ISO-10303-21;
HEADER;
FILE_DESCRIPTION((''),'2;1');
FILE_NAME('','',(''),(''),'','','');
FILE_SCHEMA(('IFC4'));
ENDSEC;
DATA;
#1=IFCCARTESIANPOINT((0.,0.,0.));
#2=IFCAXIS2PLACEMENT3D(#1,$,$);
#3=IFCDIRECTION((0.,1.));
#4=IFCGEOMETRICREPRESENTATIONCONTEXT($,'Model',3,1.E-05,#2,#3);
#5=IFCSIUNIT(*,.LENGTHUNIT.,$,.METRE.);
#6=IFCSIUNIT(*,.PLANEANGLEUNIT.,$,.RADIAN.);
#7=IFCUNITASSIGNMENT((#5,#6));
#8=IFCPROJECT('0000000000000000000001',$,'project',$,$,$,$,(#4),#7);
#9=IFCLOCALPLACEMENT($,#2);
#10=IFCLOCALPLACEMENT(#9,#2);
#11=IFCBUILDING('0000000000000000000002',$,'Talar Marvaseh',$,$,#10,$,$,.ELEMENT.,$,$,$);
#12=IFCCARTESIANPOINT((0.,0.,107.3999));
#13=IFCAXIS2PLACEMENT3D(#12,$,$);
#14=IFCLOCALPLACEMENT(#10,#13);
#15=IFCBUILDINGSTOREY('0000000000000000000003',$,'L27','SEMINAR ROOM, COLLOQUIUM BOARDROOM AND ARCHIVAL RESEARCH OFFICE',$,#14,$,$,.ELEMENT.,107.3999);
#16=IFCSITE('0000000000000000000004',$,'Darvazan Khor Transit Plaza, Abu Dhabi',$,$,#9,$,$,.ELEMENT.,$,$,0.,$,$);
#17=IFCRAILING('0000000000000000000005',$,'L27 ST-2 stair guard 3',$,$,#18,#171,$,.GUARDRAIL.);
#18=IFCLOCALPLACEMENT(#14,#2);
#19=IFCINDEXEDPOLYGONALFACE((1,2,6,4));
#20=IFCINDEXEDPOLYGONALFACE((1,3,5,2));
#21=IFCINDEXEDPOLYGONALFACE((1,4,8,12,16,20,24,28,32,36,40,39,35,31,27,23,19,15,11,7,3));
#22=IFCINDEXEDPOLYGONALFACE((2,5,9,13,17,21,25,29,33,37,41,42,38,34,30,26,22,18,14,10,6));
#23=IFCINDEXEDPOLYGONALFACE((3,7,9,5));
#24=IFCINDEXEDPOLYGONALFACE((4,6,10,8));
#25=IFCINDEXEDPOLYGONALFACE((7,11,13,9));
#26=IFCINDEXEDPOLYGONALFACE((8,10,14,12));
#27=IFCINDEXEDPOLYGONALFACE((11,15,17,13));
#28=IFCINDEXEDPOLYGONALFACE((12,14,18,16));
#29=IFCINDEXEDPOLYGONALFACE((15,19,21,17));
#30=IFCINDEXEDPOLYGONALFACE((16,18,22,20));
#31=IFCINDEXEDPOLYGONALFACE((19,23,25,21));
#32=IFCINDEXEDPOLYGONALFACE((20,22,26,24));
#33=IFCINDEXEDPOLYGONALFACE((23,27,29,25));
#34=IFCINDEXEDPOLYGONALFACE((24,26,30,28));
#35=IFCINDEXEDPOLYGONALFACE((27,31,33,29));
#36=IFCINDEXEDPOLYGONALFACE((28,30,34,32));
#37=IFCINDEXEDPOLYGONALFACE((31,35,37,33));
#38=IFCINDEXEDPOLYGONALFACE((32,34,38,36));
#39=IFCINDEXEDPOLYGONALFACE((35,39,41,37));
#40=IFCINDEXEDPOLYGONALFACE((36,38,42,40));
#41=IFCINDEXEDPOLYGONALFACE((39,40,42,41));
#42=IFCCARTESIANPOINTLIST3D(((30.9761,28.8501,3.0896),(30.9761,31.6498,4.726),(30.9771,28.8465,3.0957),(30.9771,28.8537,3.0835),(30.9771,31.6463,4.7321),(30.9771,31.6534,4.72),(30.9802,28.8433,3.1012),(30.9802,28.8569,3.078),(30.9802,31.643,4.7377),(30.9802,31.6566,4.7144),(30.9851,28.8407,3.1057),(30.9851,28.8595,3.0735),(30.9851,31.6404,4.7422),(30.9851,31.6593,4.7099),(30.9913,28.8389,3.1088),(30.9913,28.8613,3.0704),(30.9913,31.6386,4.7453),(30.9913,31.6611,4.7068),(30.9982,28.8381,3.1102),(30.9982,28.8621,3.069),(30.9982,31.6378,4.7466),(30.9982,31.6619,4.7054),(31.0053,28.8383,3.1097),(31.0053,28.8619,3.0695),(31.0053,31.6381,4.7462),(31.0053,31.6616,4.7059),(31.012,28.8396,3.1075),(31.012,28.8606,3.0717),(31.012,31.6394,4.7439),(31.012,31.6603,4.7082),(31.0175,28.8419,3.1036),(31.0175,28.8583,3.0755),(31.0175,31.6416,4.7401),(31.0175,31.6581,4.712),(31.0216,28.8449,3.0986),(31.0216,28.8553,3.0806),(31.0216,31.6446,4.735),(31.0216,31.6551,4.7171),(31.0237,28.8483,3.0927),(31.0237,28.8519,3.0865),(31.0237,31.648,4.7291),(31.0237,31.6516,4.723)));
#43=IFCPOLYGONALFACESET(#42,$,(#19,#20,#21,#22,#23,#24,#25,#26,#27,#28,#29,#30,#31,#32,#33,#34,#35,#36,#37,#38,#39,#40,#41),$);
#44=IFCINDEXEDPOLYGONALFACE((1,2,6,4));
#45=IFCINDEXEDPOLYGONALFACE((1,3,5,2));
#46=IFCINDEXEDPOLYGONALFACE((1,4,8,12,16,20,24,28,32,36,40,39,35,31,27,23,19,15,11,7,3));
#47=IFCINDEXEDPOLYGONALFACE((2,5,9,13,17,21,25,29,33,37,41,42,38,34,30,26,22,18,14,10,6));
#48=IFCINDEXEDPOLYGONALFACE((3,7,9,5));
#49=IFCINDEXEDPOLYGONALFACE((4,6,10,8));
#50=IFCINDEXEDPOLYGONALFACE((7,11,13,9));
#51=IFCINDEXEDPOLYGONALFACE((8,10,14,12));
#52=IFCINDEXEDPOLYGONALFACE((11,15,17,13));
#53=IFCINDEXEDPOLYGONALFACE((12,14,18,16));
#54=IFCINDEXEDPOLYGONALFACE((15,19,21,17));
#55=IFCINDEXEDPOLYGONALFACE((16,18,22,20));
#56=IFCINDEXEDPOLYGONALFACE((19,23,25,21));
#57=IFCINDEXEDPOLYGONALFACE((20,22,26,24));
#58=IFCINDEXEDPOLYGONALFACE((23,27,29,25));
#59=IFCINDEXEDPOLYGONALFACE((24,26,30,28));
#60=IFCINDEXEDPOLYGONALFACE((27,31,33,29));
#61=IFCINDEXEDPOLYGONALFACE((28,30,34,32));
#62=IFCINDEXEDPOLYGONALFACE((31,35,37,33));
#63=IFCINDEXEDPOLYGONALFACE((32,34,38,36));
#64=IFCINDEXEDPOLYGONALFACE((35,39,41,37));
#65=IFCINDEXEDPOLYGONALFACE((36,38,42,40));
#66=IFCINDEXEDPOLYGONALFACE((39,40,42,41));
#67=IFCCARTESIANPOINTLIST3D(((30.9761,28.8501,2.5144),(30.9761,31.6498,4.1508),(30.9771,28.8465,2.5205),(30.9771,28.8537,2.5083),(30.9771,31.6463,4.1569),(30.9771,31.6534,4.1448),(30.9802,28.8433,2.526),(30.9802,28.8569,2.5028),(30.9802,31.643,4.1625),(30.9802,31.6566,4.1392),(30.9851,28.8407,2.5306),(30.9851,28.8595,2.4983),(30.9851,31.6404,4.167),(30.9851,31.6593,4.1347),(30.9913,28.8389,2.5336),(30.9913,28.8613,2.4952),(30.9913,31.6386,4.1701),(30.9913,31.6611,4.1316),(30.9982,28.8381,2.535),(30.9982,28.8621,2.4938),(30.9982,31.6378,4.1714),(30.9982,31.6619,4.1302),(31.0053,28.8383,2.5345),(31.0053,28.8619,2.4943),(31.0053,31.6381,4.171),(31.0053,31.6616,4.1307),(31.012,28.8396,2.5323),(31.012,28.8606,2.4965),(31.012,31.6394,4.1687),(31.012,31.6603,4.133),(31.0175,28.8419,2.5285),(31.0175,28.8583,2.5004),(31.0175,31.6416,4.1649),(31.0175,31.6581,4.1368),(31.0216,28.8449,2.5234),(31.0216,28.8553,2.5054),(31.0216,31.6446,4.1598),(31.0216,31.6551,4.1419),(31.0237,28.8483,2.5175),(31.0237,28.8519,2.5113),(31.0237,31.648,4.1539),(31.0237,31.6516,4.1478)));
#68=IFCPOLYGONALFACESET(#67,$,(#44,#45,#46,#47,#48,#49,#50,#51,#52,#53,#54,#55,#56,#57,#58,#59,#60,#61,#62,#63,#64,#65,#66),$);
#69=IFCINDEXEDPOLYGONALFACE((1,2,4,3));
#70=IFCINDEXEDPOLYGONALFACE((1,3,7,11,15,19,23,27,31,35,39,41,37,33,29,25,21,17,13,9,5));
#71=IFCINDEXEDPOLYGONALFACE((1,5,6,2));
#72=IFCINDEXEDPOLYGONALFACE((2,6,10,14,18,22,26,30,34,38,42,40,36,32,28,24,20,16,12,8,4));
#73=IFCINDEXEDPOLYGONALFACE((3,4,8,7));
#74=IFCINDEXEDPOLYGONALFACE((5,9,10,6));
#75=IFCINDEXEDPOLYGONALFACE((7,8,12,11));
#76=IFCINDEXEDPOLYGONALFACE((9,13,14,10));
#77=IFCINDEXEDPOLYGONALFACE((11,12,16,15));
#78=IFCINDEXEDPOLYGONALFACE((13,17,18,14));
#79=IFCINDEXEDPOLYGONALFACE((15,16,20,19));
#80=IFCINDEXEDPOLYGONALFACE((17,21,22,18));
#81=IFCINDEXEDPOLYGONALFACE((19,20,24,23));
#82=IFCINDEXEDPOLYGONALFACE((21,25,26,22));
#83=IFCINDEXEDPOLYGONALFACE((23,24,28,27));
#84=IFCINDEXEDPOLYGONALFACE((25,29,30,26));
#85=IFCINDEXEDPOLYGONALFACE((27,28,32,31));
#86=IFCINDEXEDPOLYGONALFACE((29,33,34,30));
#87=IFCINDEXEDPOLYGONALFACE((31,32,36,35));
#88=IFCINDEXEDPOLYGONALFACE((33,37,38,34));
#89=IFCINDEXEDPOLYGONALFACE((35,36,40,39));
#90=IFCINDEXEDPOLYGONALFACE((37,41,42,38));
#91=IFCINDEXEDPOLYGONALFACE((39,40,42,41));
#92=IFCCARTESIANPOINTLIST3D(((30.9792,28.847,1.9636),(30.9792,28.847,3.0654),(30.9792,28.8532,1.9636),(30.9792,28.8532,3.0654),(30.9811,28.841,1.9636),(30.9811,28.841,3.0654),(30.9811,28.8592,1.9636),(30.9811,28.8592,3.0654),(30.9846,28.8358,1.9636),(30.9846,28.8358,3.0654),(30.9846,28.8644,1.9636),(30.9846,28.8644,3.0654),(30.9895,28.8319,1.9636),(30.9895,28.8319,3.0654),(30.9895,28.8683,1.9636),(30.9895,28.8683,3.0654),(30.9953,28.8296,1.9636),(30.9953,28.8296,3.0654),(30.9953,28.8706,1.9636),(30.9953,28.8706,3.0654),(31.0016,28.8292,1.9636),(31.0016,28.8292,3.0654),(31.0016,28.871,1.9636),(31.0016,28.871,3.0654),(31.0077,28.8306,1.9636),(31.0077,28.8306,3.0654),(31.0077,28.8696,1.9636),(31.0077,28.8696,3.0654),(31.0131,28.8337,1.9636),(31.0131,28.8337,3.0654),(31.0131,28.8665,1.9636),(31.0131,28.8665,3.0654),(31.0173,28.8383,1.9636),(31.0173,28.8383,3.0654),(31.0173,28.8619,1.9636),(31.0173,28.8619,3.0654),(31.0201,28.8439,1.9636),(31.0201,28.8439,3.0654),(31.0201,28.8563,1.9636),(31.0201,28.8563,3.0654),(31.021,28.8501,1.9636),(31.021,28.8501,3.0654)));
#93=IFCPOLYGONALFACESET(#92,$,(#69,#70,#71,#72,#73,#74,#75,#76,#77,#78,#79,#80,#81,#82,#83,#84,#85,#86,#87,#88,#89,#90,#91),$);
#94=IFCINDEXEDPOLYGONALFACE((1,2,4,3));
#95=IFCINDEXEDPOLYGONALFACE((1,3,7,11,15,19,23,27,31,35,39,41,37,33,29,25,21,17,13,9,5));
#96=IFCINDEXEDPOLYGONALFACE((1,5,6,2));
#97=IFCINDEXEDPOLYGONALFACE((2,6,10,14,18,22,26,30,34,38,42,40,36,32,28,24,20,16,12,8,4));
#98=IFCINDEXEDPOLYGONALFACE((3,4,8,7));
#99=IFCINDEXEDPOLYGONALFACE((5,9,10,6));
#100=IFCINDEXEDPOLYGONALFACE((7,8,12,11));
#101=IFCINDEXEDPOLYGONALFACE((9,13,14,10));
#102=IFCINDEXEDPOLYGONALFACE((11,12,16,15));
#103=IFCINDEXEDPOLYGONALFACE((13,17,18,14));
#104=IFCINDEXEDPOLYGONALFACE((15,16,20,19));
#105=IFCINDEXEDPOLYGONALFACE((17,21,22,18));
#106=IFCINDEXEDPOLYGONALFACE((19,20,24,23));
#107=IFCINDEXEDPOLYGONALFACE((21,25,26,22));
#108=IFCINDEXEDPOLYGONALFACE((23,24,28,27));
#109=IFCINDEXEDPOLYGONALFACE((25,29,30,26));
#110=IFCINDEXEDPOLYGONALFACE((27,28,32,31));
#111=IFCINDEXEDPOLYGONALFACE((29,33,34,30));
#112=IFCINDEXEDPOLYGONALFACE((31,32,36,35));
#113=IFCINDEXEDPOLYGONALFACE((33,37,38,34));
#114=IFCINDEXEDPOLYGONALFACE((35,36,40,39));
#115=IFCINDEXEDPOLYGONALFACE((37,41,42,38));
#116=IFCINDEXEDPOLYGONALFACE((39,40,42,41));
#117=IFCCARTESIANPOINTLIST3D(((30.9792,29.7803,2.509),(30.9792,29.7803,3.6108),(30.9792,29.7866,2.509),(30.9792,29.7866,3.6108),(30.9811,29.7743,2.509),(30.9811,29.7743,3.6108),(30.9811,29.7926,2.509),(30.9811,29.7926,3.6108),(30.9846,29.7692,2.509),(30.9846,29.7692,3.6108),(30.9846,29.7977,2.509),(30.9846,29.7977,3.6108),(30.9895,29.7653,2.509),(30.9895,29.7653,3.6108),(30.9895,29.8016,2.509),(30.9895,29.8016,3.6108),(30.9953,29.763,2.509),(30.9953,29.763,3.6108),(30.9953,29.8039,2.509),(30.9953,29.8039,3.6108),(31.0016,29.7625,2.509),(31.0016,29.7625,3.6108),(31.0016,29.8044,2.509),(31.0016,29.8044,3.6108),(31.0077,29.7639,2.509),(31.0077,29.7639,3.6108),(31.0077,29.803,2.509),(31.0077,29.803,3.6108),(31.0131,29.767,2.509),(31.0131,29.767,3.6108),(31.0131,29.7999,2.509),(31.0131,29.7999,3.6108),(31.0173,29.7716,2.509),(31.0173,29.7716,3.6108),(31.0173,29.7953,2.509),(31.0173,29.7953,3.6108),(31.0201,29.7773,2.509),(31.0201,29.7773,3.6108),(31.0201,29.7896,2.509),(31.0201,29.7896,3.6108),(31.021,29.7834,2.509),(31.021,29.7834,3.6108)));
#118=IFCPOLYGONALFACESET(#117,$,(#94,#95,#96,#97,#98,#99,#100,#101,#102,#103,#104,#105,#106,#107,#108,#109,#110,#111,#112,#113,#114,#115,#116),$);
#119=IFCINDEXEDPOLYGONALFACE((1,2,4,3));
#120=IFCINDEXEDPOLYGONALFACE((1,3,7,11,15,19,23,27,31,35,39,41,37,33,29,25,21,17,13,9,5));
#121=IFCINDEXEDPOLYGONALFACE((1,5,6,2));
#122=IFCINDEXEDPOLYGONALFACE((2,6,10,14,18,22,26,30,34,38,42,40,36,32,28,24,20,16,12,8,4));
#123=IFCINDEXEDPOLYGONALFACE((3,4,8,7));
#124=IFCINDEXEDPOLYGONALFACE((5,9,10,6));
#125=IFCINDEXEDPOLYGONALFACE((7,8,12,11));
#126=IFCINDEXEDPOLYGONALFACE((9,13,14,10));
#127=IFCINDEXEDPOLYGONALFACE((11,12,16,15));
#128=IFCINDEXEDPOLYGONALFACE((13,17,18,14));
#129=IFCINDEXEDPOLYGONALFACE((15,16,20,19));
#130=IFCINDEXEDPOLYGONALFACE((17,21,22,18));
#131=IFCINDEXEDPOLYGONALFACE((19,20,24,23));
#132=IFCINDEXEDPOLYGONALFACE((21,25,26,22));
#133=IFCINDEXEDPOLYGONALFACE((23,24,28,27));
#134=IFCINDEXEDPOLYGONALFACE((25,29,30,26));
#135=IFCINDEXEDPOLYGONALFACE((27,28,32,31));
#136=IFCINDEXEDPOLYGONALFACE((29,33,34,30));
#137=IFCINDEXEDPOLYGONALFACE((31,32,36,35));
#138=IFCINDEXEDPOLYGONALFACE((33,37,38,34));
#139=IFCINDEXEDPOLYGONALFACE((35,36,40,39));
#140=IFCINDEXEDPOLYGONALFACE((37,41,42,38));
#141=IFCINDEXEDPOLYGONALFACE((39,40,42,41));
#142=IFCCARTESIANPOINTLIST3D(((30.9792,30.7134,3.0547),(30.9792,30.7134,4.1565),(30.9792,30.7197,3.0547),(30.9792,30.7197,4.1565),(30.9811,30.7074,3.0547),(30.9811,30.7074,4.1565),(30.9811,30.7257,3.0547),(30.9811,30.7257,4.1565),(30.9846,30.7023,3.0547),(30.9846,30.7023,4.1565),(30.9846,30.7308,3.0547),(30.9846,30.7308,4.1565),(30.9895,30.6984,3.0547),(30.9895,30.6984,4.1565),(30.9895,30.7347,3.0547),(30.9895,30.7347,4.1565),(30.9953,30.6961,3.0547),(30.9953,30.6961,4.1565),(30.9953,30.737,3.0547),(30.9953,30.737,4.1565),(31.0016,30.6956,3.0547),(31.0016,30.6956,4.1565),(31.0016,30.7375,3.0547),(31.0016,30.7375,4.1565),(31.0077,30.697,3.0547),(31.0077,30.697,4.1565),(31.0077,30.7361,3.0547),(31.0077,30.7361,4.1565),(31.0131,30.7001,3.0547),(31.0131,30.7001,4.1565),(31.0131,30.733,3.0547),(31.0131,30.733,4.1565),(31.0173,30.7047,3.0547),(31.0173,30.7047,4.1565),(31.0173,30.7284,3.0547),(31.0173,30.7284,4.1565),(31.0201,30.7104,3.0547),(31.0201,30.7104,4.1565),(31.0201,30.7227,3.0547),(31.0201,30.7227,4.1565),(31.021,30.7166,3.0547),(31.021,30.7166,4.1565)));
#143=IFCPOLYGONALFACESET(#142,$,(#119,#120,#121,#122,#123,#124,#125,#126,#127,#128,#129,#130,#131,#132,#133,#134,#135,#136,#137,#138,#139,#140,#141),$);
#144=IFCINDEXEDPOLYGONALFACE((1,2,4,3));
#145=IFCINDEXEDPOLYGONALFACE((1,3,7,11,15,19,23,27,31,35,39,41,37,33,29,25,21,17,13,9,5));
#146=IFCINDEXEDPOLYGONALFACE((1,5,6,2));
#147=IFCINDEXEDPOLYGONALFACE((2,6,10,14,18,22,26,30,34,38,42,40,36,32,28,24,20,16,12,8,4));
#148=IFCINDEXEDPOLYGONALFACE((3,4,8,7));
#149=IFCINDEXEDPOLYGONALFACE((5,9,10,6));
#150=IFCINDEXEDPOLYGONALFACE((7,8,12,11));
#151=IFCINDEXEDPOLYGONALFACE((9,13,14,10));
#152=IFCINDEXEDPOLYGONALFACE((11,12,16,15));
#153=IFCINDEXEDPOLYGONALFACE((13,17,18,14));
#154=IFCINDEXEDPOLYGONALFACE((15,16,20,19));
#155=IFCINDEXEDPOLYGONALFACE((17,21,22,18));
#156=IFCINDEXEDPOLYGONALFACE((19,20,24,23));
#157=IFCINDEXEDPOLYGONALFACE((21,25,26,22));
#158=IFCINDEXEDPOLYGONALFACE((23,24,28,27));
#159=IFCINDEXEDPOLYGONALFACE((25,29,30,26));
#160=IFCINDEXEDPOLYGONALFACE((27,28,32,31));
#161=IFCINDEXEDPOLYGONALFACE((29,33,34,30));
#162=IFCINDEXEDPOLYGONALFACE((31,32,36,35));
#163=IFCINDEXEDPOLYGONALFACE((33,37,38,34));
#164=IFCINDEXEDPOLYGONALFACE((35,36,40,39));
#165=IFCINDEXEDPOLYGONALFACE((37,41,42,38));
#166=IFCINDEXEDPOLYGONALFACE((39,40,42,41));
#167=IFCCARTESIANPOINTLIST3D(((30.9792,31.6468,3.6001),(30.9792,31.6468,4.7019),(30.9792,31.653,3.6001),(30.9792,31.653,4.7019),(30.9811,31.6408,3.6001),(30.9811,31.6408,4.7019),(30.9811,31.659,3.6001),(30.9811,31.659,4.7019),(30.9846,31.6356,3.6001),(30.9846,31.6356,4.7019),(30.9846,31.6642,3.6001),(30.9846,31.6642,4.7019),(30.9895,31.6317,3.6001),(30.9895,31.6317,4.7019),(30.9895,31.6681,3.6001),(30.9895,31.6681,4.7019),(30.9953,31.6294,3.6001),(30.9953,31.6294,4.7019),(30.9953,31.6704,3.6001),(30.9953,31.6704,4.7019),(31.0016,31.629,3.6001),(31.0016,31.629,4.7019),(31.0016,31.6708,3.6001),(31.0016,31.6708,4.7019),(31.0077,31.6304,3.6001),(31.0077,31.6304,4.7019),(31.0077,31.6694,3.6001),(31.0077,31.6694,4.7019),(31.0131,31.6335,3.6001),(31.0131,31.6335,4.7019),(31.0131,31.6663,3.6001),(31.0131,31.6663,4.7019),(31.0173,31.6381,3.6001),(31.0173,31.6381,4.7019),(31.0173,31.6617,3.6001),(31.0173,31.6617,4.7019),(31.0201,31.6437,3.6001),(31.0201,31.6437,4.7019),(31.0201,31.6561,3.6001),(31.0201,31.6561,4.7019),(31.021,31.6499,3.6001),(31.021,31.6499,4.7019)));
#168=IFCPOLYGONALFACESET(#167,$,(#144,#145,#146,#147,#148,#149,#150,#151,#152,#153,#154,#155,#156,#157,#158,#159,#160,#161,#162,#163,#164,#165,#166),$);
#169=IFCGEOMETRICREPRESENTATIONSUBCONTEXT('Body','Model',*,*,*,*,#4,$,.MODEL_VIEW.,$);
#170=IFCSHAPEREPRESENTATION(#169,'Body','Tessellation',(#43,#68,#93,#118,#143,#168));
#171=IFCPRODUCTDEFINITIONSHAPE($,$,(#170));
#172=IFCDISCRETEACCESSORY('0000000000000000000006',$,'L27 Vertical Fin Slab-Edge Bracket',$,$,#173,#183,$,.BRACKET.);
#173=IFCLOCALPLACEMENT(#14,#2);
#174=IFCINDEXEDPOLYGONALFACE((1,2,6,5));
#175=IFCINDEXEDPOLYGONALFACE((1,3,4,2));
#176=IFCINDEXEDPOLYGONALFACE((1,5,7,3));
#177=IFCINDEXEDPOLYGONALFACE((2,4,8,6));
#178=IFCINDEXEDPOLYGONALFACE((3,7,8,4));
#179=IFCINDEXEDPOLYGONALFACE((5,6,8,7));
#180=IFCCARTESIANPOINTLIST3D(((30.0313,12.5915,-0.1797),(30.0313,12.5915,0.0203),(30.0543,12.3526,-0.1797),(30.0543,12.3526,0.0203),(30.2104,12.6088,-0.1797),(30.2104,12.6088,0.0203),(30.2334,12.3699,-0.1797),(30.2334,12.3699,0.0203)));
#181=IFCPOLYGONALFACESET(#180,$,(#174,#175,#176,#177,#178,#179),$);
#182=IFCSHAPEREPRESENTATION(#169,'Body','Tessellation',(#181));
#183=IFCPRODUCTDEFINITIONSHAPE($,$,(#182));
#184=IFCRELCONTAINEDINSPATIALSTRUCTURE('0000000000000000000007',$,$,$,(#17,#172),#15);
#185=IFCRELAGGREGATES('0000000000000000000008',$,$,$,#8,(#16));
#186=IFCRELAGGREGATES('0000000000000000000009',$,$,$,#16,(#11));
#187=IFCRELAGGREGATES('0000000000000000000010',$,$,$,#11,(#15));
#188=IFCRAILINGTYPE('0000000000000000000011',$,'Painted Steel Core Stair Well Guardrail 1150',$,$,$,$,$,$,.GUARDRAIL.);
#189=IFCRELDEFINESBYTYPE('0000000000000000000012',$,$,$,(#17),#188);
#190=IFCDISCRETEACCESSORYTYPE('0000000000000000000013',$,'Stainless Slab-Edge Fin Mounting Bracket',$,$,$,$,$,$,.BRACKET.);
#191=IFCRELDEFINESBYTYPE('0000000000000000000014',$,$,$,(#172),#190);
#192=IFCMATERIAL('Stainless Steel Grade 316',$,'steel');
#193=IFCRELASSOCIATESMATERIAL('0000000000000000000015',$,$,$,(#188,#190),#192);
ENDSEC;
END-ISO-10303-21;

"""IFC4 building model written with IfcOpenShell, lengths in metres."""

from ifc_helpers import new_model, si_unit, direction, frame, origin, origin_2d, place, context, subcontext, project, spatial, rectangle, circle, extrude, source, transform, mapped, material, type_object, type_shapes, element, save


model = new_model("IFC4")

# Units and contexts
model_context = context("Model", 3, precision=1e-05, world=origin(), true_north=direction((0.0, 1.0)))
body_context = subcontext(model_context, "Body", "Model", "MODEL_VIEW")
ifc_project = project(units=[si_unit("LENGTHUNIT", "METRE"), si_unit("PLANEANGLEUNIT", "RADIAN")], contexts=[model_context])

# Site, building, storey
site_placement = place(None, origin())
site = spatial("IfcSite", under=ifc_project, at=site_placement, Name="Darvazan Khor Transit Plaza, Abu Dhabi", CompositionType="ELEMENT", RefElevation=0.0)
building_placement = place(site_placement, origin())
building = spatial("IfcBuilding", under=site, at=building_placement, Name="Talar Marvaseh", CompositionType="ELEMENT")
storey_placement = place(building_placement, frame((0.0, 0.0, 107.3999)))
storey = spatial("IfcBuildingStorey", under=building, at=storey_placement, Name="L27", Description="SEMINAR ROOM, COLLOQUIUM BOARDROOM AND ARCHIVAL RESEARCH OFFICE", CompositionType="ELEMENT", Elevation=107.3999)

# Railing
ifc_material_1 = material(Name="Stainless Steel Grade 316", Category="steel")
railing_type_1 = type_object("IfcRailingType", Name="Painted Steel Core Stair Well Guardrail 1150", PredefinedType="GUARDRAIL", material=ifc_material_1)
railing_1_placement = place(storey_placement, frame((31.0, 28.8501, 1.9636)))
element("IfcRailing", 1, at=railing_1_placement, inside=storey, type_object=railing_type_1, Name="L27 ST-2 stair guard 3", PredefinedType="GUARDRAIL", context=body_context, shape_type="SweptSolid", body=[
    extrude(circle(Radius=0.0239, at=origin_2d()), frame((0.0, 0.0, 1.126), z_axis=(0.0, 0.863342, 0.50462), x_axis=(-1.0, 0.0, 0.0)), (0.0, 0.0, 1.0), 3.2429),
    extrude(circle(Radius=0.0239, at=origin_2d()), frame((0.0, 0.0, 0.5508), z_axis=(0.0, 0.863342, 0.50462), x_axis=(-1.0, 0.0, 0.0)), (0.0, 0.0, 1.0), 3.2429),
    extrude(circle(Radius=0.021, at=origin_2d()), origin(), (0.0, 0.0, 1.0), 1.1018),
    extrude(circle(Radius=0.021, at=origin_2d()), frame((0.0, 0.9333, 0.5454)), (0.0, 0.0, 1.0), 1.1018),
    extrude(circle(Radius=0.021, at=origin_2d()), frame((0.0, 1.8665, 1.0911)), (0.0, 0.0, 1.0), 1.1018),
    extrude(circle(Radius=0.021, at=origin_2d()), frame((0.0, 2.7998, 1.6365)), (0.0, 0.0, 1.0), 1.1018),
])

# Discrete accessory
discrete_accessory_type = type_object("IfcDiscreteAccessoryType", Name="Stainless Slab-Edge Fin Mounting Bracket", PredefinedType="BRACKET", material=ifc_material_1)
shared_shape_1 = source(origin(), body_context, "Body", "SweptSolid", [
    extrude(rectangle(XDim=0.24, YDim=0.1799, at=origin_2d()), origin(), (0.0, 0.0, 1.0), 0.2),
])
type_shapes(discrete_accessory_type, [shared_shape_1])
discrete_accessory_placement = place(storey_placement, frame((30.1323, 12.4807, -0.1797), z_axis=(0.0, 0.0, 1.0), x_axis=(0.096019, -0.995379, 0.0)))
element("IfcDiscreteAccessory", 2, at=discrete_accessory_placement, inside=storey, type_object=discrete_accessory_type, Name="L27 Vertical Fin Slab-Edge Bracket", PredefinedType="BRACKET", context=body_context, shape_type="MappedRepresentation", body=[
    mapped(shared_shape_1, transform((0.0, 0.0, 0.0), x_axis=(1.0, 0.0, 0.0), y_axis=(0.0, 1.0, 0.0), z_axis=(0.0, 0.0, 1.0), scale=1.0)),
])

save(model, "model.ifc")
